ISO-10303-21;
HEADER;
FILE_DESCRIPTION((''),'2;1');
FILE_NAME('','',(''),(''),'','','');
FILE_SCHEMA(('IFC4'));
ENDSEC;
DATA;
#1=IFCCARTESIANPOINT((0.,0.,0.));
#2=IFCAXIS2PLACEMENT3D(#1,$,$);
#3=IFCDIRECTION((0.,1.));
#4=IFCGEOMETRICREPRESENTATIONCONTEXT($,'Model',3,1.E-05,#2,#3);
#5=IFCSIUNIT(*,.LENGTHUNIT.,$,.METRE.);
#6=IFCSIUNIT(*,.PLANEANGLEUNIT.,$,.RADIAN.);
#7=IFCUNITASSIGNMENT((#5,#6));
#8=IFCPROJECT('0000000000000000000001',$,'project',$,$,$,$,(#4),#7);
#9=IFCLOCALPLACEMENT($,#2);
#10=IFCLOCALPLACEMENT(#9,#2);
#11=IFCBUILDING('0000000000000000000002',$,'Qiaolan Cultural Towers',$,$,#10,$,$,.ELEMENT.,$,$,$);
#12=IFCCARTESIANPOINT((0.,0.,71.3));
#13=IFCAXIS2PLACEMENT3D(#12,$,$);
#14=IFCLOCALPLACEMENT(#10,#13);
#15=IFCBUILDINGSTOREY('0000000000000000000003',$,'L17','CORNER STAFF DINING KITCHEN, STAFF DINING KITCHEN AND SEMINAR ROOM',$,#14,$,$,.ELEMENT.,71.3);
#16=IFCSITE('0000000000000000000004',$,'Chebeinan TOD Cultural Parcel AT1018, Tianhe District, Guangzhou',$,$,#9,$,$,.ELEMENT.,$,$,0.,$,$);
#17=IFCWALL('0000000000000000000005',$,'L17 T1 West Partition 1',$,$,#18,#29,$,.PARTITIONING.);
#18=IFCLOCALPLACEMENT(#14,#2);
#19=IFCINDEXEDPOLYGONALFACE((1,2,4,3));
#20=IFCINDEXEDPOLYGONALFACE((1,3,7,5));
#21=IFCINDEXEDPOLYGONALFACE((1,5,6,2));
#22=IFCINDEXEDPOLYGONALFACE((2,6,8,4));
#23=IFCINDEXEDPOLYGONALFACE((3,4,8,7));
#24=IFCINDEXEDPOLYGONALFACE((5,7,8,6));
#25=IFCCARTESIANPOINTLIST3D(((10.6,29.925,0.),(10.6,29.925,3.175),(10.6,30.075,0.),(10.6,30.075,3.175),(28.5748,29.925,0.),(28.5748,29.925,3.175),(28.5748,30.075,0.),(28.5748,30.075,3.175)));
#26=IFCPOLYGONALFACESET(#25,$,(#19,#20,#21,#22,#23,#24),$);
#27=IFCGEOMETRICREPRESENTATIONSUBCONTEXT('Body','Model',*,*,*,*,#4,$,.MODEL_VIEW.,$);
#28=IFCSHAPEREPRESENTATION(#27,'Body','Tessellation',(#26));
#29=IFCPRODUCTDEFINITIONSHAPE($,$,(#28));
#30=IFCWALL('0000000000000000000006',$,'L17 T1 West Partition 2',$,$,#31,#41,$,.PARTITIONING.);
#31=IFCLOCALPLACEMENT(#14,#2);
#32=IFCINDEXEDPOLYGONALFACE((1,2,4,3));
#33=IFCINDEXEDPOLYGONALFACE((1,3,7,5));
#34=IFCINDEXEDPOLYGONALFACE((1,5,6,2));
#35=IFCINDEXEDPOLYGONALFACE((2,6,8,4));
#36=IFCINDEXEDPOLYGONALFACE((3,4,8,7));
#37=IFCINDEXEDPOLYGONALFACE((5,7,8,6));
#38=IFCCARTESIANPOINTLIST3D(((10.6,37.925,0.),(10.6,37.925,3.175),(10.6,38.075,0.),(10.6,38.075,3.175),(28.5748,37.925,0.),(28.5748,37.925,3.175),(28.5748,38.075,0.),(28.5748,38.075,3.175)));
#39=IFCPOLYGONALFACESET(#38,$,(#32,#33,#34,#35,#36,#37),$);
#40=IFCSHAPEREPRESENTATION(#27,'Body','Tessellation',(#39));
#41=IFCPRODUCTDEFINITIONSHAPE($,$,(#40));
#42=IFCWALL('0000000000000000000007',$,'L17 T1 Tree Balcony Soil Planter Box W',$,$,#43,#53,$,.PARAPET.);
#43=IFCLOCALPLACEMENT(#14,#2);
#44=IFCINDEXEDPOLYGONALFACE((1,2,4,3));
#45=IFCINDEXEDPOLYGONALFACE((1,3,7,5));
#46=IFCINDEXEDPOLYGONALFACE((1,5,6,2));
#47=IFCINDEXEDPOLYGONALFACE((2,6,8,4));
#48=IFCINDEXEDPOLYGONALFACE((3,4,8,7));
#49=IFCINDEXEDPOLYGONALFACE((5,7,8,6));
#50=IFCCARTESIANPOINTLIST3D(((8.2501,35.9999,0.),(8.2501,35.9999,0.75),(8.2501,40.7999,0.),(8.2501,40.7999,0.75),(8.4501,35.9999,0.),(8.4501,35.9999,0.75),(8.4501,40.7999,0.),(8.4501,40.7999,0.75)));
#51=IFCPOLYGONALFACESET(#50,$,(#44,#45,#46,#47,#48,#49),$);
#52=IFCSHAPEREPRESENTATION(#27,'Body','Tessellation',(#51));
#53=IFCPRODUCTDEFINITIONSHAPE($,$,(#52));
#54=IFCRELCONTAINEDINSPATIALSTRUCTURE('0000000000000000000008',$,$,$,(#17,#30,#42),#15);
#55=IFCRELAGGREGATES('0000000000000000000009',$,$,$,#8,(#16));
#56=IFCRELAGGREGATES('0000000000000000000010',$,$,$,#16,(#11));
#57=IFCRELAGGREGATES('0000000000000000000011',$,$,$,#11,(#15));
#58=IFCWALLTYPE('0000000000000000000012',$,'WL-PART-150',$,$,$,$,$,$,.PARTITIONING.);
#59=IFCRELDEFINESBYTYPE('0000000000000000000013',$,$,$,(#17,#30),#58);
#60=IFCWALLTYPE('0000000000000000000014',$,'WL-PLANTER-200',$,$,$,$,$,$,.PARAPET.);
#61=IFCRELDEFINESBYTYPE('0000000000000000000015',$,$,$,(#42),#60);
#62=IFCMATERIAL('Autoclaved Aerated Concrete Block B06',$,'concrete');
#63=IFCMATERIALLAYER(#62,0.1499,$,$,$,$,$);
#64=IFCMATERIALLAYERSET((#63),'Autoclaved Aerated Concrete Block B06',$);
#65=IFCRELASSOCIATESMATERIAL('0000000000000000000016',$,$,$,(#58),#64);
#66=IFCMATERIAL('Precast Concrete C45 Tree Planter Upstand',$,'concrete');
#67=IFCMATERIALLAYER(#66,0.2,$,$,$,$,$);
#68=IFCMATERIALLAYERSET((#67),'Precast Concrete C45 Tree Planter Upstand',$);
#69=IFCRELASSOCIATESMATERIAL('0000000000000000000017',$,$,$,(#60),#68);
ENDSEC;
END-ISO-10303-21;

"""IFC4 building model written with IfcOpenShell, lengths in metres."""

from ifc_helpers import new_model, si_unit, direction, frame, frame_2d, origin, place, context, subcontext, project, spatial, rectangle, extrude, material, layer, layer_set, type_object, element, save


model = new_model("IFC4")

# Units and contexts
model_context = context("Model", 3, precision=1e-05, world=origin(), true_north=direction((0.0, 1.0)))
body_context = subcontext(model_context, "Body", "Model", "MODEL_VIEW")
ifc_project = project(units=[si_unit("LENGTHUNIT", "METRE"), si_unit("PLANEANGLEUNIT", "RADIAN")], contexts=[model_context])

# Site, building, storey
site_placement = place(None, origin())
site = spatial("IfcSite", under=ifc_project, at=site_placement, Name="Chebeinan TOD Cultural Parcel AT1018, Tianhe District, Guangzhou", CompositionType="ELEMENT", RefElevation=0.0)
building_placement = place(site_placement, origin())
building = spatial("IfcBuilding", under=site, at=building_placement, Name="Qiaolan Cultural Towers", CompositionType="ELEMENT")
storey_placement = place(building_placement, frame((0.0, 0.0, 71.3)))
storey = spatial("IfcBuildingStorey", under=building, at=storey_placement, Name="L17", Description="CORNER STAFF DINING KITCHEN, STAFF DINING KITCHEN AND SEMINAR ROOM", CompositionType="ELEMENT", Elevation=71.3)

# Shared definitions
ifc_material_1 = material(Name="Autoclaved Aerated Concrete Block B06", Category="concrete")
ifc_layer_1 = layer(ifc_material_1, 0.1499)
ifc_layer_set_1 = layer_set([ifc_layer_1], Name="Autoclaved Aerated Concrete Block B06")
wall_type_1 = type_object("IfcWallType", Name="WL-PART-150", PredefinedType="PARTITIONING", material=ifc_layer_set_1)

# Walls
for number, where, z_axis, x_axis, name in (
    (1, (10.6001, 30.0, 0.0), (0.0, 0.0, 1.0), (1.0, 0.0, 0.0), "L17 T1 West Partition 1"),
    (2, (10.6001, 38.0, 0.0), (0.0, 0.0, 1.0), (1.0, 0.0, 0.0), "L17 T1 West Partition 2"),
):
    element("IfcWall", number, at=place(storey_placement, frame(where, z_axis=z_axis, x_axis=x_axis)), inside=storey, type_object=wall_type_1, Name=name, PredefinedType="PARTITIONING", context=body_context, shape_type="SweptSolid", body=[
        extrude(rectangle(XDim=17.9749, YDim=0.1499, at=frame_2d((8.9873, 0.0))), origin(), (0.0, 0.0, 1.0), 3.175),
    ])
ifc_material_2 = material(Name="Precast Concrete C45 Tree Planter Upstand", Category="concrete")
ifc_layer_2 = layer(ifc_material_2, 0.2)
ifc_layer_set_2 = layer_set([ifc_layer_2], Name="Precast Concrete C45 Tree Planter Upstand")
wall_type_2 = type_object("IfcWallType", Name="WL-PLANTER-200", PredefinedType="PARAPET", material=ifc_layer_set_2)
wall_1_placement = place(storey_placement, frame((8.3501, 36.0, 0.0), z_axis=(0.0, 0.0, 1.0), x_axis=(0.0, 1.0, 0.0)))
element("IfcWall", 3, at=wall_1_placement, inside=storey, type_object=wall_type_2, Name="L17 T1 Tree Balcony Soil Planter Box W", PredefinedType="PARAPET", context=body_context, shape_type="SweptSolid", body=[
    extrude(rectangle(XDim=4.8, YDim=0.2, at=frame_2d((2.3999, 0.0))), origin(), (0.0, 0.0, 1.0), 0.75),
])

save(model, "model.ifc")
